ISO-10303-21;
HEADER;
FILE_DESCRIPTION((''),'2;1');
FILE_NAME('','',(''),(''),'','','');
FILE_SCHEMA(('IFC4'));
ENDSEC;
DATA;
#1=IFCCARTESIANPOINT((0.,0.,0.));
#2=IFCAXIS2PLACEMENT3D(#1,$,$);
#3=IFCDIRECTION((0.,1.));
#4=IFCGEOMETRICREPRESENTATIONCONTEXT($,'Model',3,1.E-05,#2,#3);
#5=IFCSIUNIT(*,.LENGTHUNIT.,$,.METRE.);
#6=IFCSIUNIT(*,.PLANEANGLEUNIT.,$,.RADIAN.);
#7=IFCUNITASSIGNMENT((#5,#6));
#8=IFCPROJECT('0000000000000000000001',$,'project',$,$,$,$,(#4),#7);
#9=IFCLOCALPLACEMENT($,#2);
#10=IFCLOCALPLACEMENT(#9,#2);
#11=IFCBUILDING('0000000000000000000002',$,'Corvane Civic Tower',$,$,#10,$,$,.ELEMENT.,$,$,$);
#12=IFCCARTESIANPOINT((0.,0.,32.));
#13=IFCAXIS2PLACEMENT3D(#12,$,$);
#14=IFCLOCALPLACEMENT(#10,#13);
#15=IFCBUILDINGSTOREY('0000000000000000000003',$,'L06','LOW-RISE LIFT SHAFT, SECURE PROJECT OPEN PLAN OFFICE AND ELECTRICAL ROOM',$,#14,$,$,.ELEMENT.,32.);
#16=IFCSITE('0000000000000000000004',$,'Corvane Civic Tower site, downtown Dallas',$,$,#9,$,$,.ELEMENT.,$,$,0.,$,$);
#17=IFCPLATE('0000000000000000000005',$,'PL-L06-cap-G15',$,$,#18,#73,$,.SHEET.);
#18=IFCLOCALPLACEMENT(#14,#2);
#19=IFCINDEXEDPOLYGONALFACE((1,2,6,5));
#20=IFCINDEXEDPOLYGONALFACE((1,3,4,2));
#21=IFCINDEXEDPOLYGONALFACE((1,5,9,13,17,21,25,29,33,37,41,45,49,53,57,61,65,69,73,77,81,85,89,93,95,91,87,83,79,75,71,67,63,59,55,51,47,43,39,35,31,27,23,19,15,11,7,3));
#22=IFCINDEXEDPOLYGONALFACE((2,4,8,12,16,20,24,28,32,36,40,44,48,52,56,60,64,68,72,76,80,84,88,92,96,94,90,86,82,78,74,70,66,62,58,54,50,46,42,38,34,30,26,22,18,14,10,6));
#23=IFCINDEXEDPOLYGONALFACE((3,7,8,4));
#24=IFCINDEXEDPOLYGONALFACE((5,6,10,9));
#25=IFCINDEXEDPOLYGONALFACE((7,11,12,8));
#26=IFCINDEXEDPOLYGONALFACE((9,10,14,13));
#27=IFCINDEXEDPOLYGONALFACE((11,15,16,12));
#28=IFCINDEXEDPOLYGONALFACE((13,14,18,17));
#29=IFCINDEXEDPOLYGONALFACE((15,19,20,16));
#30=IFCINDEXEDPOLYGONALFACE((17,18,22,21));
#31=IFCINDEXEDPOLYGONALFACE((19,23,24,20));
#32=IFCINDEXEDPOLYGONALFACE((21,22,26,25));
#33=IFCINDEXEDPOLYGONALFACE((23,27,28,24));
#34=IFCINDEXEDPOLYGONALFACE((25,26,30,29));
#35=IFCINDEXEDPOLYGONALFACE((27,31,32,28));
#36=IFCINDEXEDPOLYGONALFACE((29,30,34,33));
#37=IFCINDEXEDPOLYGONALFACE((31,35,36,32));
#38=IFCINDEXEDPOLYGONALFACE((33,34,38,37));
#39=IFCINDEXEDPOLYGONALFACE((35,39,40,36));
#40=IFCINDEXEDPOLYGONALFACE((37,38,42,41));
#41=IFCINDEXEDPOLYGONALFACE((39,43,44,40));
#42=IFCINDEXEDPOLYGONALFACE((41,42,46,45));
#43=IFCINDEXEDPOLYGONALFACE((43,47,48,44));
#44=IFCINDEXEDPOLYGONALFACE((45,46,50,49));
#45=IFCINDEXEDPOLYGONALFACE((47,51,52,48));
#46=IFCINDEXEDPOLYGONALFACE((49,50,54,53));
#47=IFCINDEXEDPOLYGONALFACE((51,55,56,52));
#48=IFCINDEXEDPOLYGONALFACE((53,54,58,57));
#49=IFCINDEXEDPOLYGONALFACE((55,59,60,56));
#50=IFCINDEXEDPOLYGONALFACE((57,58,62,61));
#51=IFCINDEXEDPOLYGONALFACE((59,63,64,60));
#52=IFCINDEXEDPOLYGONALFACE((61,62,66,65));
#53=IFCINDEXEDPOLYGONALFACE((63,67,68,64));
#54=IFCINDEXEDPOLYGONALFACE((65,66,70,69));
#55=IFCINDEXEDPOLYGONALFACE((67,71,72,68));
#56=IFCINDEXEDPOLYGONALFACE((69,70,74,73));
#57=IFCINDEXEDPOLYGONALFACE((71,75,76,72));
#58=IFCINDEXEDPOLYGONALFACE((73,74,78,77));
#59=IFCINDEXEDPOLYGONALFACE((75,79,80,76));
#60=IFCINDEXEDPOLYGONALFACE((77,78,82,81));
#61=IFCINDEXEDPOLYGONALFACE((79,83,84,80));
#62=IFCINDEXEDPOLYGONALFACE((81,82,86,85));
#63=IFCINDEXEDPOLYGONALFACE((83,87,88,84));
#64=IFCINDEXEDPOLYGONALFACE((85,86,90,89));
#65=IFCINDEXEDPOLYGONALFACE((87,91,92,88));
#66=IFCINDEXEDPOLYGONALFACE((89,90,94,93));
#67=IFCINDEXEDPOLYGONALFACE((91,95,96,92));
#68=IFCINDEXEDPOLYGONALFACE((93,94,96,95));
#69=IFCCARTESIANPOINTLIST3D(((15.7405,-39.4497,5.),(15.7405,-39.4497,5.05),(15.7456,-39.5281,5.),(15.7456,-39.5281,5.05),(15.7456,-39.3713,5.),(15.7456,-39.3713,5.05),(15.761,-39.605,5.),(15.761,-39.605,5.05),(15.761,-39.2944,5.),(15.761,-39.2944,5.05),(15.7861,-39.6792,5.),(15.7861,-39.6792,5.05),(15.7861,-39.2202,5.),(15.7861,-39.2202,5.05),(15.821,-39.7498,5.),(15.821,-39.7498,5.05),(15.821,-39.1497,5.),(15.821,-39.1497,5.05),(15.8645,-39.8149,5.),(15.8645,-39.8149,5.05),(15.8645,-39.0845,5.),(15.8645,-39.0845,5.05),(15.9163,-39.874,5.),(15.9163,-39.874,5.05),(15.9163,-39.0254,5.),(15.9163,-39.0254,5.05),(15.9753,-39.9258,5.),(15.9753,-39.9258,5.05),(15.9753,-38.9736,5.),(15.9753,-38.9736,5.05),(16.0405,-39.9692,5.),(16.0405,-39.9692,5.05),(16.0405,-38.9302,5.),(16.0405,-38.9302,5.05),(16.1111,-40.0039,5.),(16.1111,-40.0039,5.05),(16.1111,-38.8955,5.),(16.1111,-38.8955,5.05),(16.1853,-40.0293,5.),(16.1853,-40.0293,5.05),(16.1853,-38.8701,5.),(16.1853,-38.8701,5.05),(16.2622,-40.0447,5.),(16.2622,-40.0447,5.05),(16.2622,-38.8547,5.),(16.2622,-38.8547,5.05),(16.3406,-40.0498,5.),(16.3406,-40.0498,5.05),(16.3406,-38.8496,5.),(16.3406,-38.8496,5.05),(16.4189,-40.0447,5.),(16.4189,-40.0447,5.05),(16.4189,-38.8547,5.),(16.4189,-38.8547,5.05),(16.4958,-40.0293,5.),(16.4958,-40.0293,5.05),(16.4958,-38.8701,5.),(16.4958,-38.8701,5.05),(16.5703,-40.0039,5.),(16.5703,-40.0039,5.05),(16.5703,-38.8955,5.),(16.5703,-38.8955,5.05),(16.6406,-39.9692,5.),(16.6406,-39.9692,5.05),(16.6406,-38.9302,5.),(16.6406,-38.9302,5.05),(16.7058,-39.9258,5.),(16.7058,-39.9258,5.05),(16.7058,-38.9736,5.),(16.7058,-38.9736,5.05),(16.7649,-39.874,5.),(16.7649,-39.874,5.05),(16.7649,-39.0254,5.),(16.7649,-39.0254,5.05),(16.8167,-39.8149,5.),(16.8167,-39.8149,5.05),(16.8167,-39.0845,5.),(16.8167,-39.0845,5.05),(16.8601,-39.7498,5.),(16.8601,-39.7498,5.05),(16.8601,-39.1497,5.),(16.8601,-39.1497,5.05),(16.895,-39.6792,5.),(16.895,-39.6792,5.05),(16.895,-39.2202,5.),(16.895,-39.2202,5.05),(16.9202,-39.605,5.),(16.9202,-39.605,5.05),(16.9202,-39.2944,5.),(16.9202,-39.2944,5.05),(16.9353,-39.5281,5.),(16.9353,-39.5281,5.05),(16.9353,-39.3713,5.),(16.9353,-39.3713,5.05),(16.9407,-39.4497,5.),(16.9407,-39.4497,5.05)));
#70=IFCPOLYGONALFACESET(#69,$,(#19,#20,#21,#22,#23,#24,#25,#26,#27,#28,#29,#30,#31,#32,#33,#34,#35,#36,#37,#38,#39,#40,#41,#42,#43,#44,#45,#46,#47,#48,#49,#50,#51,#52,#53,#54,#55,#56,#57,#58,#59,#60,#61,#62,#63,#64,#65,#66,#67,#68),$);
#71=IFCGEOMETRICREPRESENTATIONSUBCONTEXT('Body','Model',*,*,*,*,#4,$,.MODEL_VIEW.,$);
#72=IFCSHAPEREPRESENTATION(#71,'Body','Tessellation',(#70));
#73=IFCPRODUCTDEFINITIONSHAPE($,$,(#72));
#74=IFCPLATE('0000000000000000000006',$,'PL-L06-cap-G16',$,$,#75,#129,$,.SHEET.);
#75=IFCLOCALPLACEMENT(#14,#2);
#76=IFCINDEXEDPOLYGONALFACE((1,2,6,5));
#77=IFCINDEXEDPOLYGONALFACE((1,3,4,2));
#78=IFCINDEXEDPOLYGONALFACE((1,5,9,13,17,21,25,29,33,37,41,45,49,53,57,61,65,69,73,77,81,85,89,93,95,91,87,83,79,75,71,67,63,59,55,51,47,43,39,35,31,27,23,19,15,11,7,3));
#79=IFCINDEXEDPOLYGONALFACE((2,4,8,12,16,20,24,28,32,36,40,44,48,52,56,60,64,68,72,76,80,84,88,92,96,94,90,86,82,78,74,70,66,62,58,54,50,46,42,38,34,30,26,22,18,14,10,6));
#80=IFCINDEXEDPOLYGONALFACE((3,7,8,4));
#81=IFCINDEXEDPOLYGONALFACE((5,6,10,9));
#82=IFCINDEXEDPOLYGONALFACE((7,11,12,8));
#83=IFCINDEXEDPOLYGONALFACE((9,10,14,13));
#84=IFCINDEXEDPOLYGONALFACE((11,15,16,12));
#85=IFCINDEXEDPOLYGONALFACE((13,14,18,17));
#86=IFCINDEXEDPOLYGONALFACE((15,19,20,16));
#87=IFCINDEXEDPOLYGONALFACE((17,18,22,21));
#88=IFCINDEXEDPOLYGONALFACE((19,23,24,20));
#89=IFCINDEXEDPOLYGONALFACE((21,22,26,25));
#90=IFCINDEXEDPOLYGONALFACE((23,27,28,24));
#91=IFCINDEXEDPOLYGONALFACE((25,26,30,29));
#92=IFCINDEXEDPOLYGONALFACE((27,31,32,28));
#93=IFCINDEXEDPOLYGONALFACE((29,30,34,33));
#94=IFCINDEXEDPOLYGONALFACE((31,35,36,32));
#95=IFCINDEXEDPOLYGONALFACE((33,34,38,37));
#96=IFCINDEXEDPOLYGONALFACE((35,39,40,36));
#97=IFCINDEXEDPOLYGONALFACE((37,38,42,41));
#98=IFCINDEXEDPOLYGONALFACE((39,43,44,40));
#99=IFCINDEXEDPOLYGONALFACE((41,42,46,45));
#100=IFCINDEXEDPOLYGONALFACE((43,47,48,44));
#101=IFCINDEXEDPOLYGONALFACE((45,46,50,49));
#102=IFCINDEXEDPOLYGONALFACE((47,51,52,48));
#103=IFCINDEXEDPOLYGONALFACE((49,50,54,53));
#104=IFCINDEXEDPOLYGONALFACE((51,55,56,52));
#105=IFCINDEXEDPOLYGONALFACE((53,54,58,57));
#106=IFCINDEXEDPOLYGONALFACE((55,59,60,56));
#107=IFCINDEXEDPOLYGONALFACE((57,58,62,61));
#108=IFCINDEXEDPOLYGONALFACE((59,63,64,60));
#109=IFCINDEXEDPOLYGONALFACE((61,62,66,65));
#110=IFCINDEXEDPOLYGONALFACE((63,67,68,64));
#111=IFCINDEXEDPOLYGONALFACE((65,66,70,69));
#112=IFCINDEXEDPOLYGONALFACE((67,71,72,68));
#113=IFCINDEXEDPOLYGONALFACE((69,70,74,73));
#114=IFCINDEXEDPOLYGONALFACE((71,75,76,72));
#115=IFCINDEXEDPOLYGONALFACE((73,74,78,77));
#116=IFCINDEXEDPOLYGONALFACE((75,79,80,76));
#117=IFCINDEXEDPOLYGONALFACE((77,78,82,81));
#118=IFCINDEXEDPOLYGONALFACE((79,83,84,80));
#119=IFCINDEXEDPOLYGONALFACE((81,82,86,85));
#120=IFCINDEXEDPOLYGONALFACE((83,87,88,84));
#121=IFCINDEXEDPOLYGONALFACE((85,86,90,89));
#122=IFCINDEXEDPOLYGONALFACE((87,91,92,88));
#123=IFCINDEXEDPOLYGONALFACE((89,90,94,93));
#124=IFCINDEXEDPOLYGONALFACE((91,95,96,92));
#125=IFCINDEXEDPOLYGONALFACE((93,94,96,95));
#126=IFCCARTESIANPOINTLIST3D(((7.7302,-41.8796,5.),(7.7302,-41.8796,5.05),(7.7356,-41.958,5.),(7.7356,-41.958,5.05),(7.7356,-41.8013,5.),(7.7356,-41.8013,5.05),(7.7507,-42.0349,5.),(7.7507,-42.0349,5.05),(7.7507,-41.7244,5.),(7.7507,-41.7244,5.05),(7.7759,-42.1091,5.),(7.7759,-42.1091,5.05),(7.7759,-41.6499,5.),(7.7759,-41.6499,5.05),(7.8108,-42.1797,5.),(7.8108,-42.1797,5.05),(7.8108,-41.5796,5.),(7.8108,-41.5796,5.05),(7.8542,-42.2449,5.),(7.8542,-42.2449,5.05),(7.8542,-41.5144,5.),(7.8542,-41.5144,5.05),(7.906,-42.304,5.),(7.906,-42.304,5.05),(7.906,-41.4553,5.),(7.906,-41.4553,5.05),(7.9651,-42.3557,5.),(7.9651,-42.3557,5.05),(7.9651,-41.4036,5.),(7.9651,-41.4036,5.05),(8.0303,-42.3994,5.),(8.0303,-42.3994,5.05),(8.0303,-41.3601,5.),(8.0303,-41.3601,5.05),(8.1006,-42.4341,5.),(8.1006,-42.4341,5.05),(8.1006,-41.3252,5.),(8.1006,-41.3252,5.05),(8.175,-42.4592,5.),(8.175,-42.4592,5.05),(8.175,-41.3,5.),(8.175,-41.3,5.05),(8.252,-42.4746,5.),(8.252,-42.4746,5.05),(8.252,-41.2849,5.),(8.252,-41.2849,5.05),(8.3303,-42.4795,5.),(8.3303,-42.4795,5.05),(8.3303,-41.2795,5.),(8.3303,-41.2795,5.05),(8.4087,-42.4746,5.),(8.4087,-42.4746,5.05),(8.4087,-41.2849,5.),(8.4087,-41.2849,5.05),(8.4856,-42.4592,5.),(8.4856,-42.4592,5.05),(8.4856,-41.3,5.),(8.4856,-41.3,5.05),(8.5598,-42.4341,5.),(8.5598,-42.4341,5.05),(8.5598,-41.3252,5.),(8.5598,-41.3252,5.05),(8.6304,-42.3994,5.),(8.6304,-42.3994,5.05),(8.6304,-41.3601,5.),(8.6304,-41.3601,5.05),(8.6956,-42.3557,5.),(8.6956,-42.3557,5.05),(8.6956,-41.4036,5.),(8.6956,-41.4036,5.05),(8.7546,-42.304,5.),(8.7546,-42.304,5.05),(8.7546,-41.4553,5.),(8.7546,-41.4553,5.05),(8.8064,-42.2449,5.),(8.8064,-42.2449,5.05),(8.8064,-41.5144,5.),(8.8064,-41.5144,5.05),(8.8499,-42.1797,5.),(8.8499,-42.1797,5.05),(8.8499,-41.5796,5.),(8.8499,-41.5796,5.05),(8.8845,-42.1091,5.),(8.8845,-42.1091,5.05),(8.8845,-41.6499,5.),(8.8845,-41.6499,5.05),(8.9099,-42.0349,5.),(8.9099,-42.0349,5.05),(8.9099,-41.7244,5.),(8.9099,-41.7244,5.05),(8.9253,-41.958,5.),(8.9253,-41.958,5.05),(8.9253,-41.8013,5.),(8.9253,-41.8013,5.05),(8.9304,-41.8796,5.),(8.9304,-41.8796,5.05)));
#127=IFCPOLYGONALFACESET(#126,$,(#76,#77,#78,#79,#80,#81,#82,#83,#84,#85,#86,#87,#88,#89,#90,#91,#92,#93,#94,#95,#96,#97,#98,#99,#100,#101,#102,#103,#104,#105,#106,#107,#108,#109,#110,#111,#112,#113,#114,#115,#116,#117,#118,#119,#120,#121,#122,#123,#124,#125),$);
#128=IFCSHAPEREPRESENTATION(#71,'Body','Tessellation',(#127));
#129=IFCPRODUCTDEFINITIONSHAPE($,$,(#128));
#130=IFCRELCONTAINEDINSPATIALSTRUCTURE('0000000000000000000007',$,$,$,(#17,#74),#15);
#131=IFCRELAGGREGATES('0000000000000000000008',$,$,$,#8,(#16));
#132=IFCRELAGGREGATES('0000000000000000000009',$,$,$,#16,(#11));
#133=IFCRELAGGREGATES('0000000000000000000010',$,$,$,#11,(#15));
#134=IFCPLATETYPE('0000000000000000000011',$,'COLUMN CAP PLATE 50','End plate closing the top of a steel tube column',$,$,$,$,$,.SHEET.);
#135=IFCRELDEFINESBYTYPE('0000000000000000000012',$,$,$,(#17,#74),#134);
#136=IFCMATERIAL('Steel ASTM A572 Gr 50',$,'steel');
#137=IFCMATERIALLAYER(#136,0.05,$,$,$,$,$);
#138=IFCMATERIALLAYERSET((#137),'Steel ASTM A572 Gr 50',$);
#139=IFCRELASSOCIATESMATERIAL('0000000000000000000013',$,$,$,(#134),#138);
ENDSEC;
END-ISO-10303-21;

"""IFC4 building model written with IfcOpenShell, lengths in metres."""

from ifc_helpers import new_model, si_unit, direction, frame, origin, place, context, subcontext, project, spatial, polyline, outline, extrude, material, layer, layer_set, type_object, element, save


model = new_model("IFC4")

# Units and contexts
model_context = context("Model", 3, precision=1e-05, world=origin(), true_north=direction((0.0, 1.0)))
body_context = subcontext(model_context, "Body", "Model", "MODEL_VIEW")
ifc_project = project(units=[si_unit("LENGTHUNIT", "METRE"), si_unit("PLANEANGLEUNIT", "RADIAN")], contexts=[model_context])

# Site, building, storey
site_placement = place(None, origin())
site = spatial("IfcSite", under=ifc_project, at=site_placement, Name="Corvane Civic Tower site, downtown Dallas", CompositionType="ELEMENT", RefElevation=0.0)
building_placement = place(site_placement, origin())
building = spatial("IfcBuilding", under=site, at=building_placement, Name="Corvane Civic Tower", CompositionType="ELEMENT")
storey_placement = place(building_placement, frame((0.0, 0.0, 32.0)))
storey = spatial("IfcBuildingStorey", under=building, at=storey_placement, Name="L06", Description="LOW-RISE LIFT SHAFT, SECURE PROJECT OPEN PLAN OFFICE AND ELECTRICAL ROOM", CompositionType="ELEMENT", Elevation=32.0)

# Plates
ifc_material_1 = material(Name="Steel ASTM A572 Gr 50", Category="steel")
ifc_layer = layer(ifc_material_1, 0.05)
ifc_layer_set = layer_set([ifc_layer], Name="Steel ASTM A572 Gr 50")
plate_type = type_object("IfcPlateType", Name="COLUMN CAP PLATE 50", Description="End plate closing the top of a steel tube column", PredefinedType="SHEET", material=ifc_layer_set)
plate_1_placement = place(storey_placement, frame((0.0, 0.0, 5.0)))
element("IfcPlate", 1, at=plate_1_placement, inside=storey, type_object=plate_type, Name="PL-L06-cap-G15", PredefinedType="SHEET", context=body_context, shape_type="SweptSolid", body=[
    extrude(outline(polyline([(16.9407, -39.4497), (16.9353, -39.3713), (16.9202, -39.2944), (16.895, -39.2202), (16.8601, -39.1497), (16.8167, -39.0845), (16.7649, -39.0254), (16.7058, -38.9736), (16.6406, -38.9302), (16.5703, -38.8955), (16.4958, -38.8701), (16.4189, -38.8547), (16.3406, -38.8496), (16.2622, -38.8547), (16.1853, -38.8701), (16.1111, -38.8955), (16.0405, -38.9302), (15.9753, -38.9736), (15.9163, -39.0254), (15.8645, -39.0845), (15.821, -39.1497), (15.7861, -39.2202), (15.761, -39.2944), (15.7456, -39.3713), (15.7405, -39.4497), (15.7456, -39.5281), (15.761, -39.605), (15.7861, -39.6792), (15.821, -39.7498), (15.8645, -39.8149), (15.9163, -39.874), (15.9753, -39.9258), (16.0405, -39.9692), (16.1111, -40.0039), (16.1853, -40.0293), (16.2622, -40.0447), (16.3406, -40.0498), (16.4189, -40.0447), (16.4958, -40.0293), (16.5703, -40.0039), (16.6406, -39.9692), (16.7058, -39.9258), (16.7649, -39.874), (16.8167, -39.8149), (16.8601, -39.7498), (16.895, -39.6792), (16.9202, -39.605), (16.9353, -39.5281), (16.9407, -39.4497)])), origin(), (0.0, 0.0, 1.0), 0.05),
])
plate_2_placement = place(storey_placement, frame((0.0, 0.0, 5.0)))
element("IfcPlate", 2, at=plate_2_placement, inside=storey, type_object=plate_type, Name="PL-L06-cap-G16", PredefinedType="SHEET", context=body_context, shape_type="SweptSolid", body=[
    extrude(outline(polyline([(8.9304, -41.8796), (8.9253, -41.8013), (8.9099, -41.7244), (8.8845, -41.6499), (8.8499, -41.5796), (8.8064, -41.5144), (8.7546, -41.4553), (8.6956, -41.4036), (8.6304, -41.3601), (8.5598, -41.3252), (8.4856, -41.3), (8.4087, -41.2849), (8.3303, -41.2795), (8.252, -41.2849), (8.175, -41.3), (8.1006, -41.3252), (8.0303, -41.3601), (7.9651, -41.4036), (7.906, -41.4553), (7.8542, -41.5144), (7.8108, -41.5796), (7.7759, -41.6499), (7.7507, -41.7244), (7.7356, -41.8013), (7.7302, -41.8796), (7.7356, -41.958), (7.7507, -42.0349), (7.7759, -42.1091), (7.8108, -42.1797), (7.8542, -42.2449), (7.906, -42.304), (7.9651, -42.3557), (8.0303, -42.3994), (8.1006, -42.4341), (8.175, -42.4592), (8.252, -42.4746), (8.3303, -42.4795), (8.4087, -42.4746), (8.4856, -42.4592), (8.5598, -42.4341), (8.6304, -42.3994), (8.6956, -42.3557), (8.7546, -42.304), (8.8064, -42.2449), (8.8499, -42.1797), (8.8845, -42.1091), (8.9099, -42.0349), (8.9253, -41.958), (8.9304, -41.8796)])), origin(), (0.0, 0.0, 1.0), 0.05),
])

save(model, "model.ifc")
